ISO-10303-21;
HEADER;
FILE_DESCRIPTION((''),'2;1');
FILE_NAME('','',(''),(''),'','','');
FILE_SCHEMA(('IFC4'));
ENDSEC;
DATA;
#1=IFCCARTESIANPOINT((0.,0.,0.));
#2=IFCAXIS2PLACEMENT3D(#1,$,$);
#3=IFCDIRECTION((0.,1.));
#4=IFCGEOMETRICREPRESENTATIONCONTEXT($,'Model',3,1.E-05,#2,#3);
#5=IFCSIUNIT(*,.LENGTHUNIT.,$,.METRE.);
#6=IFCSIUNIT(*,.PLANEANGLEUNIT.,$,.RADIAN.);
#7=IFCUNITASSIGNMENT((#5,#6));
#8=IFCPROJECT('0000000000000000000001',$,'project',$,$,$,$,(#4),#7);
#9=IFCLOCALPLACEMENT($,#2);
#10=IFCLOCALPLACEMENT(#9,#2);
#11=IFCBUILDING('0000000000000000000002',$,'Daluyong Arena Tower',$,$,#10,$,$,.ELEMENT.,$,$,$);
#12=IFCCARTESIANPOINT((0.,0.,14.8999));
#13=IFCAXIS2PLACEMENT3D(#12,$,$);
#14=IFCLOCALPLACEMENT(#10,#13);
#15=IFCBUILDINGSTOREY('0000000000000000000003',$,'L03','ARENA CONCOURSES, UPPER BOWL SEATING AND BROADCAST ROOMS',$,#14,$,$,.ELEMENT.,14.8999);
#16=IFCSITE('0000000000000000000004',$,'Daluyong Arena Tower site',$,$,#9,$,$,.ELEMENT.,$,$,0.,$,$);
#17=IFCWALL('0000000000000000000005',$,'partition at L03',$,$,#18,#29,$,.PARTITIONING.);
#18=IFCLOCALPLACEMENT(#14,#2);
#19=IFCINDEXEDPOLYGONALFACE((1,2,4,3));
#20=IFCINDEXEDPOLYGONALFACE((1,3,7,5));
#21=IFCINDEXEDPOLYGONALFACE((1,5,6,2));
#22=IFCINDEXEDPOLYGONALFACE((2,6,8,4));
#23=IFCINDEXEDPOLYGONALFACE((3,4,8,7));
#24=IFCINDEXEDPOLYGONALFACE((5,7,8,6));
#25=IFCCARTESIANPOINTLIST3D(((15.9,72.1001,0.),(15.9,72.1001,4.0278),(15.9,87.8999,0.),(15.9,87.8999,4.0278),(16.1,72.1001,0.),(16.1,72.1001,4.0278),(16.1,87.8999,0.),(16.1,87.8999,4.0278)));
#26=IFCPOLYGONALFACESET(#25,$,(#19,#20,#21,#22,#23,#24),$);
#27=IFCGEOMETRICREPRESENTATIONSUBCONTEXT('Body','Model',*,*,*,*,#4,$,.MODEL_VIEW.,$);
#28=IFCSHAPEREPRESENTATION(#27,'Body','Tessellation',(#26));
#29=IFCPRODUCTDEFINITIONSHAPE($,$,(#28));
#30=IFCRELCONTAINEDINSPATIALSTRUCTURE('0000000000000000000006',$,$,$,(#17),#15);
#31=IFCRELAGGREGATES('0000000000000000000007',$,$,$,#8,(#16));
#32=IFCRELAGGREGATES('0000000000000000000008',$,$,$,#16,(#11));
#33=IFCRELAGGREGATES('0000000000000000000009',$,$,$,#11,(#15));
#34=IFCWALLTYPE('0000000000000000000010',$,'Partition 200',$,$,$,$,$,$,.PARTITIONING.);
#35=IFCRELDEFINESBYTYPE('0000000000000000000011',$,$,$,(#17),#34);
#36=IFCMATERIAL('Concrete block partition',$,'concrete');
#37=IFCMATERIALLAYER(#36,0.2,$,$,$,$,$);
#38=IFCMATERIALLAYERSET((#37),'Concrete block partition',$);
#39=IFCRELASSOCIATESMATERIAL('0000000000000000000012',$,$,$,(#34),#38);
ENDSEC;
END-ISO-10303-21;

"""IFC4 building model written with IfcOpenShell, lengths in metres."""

from ifc_helpers import new_model, si_unit, direction, frame, frame_2d, origin, place, context, subcontext, project, spatial, rectangle, extrude, material, layer, layer_set, type_object, element, save


model = new_model("IFC4")

# Units and contexts
model_context = context("Model", 3, precision=1e-05, world=origin(), true_north=direction((0.0, 1.0)))
body_context = subcontext(model_context, "Body", "Model", "MODEL_VIEW")
ifc_project = project(units=[si_unit("LENGTHUNIT", "METRE"), si_unit("PLANEANGLEUNIT", "RADIAN")], contexts=[model_context])

# Site, building, storey
site_placement = place(None, origin())
site = spatial("IfcSite", under=ifc_project, at=site_placement, Name="Daluyong Arena Tower site", CompositionType="ELEMENT", RefElevation=0.0)
building_placement = place(site_placement, origin())
building = spatial("IfcBuilding", under=site, at=building_placement, Name="Daluyong Arena Tower", CompositionType="ELEMENT")
storey_placement = place(building_placement, frame((0.0, 0.0, 14.8999)))
storey = spatial("IfcBuildingStorey", under=building, at=storey_placement, Name="L03", Description="ARENA CONCOURSES, UPPER BOWL SEATING AND BROADCAST ROOMS", CompositionType="ELEMENT", Elevation=14.8999)

# Wall
ifc_material_1 = material(Name="Concrete block partition", Category="concrete")
ifc_layer = layer(ifc_material_1, 0.2)
ifc_layer_set = layer_set([ifc_layer], Name="Concrete block partition")
wall_type = type_object("IfcWallType", Name="Partition 200", PredefinedType="PARTITIONING", material=ifc_layer_set)
wall_placement = place(storey_placement, frame((16.0, 72.1001, 0.0), z_axis=(0.0, 0.0, 1.0), x_axis=(0.0, 1.0, 0.0)))
element("IfcWall", 1, at=wall_placement, inside=storey, type_object=wall_type, Name="partition at L03", PredefinedType="PARTITIONING", context=body_context, shape_type="SweptSolid", body=[
    extrude(rectangle(XDim=15.7998, YDim=0.2, at=frame_2d((7.8999, 0.0))), origin(), (0.0, 0.0, 1.0), 4.0278),
])

save(model, "model.ifc")
